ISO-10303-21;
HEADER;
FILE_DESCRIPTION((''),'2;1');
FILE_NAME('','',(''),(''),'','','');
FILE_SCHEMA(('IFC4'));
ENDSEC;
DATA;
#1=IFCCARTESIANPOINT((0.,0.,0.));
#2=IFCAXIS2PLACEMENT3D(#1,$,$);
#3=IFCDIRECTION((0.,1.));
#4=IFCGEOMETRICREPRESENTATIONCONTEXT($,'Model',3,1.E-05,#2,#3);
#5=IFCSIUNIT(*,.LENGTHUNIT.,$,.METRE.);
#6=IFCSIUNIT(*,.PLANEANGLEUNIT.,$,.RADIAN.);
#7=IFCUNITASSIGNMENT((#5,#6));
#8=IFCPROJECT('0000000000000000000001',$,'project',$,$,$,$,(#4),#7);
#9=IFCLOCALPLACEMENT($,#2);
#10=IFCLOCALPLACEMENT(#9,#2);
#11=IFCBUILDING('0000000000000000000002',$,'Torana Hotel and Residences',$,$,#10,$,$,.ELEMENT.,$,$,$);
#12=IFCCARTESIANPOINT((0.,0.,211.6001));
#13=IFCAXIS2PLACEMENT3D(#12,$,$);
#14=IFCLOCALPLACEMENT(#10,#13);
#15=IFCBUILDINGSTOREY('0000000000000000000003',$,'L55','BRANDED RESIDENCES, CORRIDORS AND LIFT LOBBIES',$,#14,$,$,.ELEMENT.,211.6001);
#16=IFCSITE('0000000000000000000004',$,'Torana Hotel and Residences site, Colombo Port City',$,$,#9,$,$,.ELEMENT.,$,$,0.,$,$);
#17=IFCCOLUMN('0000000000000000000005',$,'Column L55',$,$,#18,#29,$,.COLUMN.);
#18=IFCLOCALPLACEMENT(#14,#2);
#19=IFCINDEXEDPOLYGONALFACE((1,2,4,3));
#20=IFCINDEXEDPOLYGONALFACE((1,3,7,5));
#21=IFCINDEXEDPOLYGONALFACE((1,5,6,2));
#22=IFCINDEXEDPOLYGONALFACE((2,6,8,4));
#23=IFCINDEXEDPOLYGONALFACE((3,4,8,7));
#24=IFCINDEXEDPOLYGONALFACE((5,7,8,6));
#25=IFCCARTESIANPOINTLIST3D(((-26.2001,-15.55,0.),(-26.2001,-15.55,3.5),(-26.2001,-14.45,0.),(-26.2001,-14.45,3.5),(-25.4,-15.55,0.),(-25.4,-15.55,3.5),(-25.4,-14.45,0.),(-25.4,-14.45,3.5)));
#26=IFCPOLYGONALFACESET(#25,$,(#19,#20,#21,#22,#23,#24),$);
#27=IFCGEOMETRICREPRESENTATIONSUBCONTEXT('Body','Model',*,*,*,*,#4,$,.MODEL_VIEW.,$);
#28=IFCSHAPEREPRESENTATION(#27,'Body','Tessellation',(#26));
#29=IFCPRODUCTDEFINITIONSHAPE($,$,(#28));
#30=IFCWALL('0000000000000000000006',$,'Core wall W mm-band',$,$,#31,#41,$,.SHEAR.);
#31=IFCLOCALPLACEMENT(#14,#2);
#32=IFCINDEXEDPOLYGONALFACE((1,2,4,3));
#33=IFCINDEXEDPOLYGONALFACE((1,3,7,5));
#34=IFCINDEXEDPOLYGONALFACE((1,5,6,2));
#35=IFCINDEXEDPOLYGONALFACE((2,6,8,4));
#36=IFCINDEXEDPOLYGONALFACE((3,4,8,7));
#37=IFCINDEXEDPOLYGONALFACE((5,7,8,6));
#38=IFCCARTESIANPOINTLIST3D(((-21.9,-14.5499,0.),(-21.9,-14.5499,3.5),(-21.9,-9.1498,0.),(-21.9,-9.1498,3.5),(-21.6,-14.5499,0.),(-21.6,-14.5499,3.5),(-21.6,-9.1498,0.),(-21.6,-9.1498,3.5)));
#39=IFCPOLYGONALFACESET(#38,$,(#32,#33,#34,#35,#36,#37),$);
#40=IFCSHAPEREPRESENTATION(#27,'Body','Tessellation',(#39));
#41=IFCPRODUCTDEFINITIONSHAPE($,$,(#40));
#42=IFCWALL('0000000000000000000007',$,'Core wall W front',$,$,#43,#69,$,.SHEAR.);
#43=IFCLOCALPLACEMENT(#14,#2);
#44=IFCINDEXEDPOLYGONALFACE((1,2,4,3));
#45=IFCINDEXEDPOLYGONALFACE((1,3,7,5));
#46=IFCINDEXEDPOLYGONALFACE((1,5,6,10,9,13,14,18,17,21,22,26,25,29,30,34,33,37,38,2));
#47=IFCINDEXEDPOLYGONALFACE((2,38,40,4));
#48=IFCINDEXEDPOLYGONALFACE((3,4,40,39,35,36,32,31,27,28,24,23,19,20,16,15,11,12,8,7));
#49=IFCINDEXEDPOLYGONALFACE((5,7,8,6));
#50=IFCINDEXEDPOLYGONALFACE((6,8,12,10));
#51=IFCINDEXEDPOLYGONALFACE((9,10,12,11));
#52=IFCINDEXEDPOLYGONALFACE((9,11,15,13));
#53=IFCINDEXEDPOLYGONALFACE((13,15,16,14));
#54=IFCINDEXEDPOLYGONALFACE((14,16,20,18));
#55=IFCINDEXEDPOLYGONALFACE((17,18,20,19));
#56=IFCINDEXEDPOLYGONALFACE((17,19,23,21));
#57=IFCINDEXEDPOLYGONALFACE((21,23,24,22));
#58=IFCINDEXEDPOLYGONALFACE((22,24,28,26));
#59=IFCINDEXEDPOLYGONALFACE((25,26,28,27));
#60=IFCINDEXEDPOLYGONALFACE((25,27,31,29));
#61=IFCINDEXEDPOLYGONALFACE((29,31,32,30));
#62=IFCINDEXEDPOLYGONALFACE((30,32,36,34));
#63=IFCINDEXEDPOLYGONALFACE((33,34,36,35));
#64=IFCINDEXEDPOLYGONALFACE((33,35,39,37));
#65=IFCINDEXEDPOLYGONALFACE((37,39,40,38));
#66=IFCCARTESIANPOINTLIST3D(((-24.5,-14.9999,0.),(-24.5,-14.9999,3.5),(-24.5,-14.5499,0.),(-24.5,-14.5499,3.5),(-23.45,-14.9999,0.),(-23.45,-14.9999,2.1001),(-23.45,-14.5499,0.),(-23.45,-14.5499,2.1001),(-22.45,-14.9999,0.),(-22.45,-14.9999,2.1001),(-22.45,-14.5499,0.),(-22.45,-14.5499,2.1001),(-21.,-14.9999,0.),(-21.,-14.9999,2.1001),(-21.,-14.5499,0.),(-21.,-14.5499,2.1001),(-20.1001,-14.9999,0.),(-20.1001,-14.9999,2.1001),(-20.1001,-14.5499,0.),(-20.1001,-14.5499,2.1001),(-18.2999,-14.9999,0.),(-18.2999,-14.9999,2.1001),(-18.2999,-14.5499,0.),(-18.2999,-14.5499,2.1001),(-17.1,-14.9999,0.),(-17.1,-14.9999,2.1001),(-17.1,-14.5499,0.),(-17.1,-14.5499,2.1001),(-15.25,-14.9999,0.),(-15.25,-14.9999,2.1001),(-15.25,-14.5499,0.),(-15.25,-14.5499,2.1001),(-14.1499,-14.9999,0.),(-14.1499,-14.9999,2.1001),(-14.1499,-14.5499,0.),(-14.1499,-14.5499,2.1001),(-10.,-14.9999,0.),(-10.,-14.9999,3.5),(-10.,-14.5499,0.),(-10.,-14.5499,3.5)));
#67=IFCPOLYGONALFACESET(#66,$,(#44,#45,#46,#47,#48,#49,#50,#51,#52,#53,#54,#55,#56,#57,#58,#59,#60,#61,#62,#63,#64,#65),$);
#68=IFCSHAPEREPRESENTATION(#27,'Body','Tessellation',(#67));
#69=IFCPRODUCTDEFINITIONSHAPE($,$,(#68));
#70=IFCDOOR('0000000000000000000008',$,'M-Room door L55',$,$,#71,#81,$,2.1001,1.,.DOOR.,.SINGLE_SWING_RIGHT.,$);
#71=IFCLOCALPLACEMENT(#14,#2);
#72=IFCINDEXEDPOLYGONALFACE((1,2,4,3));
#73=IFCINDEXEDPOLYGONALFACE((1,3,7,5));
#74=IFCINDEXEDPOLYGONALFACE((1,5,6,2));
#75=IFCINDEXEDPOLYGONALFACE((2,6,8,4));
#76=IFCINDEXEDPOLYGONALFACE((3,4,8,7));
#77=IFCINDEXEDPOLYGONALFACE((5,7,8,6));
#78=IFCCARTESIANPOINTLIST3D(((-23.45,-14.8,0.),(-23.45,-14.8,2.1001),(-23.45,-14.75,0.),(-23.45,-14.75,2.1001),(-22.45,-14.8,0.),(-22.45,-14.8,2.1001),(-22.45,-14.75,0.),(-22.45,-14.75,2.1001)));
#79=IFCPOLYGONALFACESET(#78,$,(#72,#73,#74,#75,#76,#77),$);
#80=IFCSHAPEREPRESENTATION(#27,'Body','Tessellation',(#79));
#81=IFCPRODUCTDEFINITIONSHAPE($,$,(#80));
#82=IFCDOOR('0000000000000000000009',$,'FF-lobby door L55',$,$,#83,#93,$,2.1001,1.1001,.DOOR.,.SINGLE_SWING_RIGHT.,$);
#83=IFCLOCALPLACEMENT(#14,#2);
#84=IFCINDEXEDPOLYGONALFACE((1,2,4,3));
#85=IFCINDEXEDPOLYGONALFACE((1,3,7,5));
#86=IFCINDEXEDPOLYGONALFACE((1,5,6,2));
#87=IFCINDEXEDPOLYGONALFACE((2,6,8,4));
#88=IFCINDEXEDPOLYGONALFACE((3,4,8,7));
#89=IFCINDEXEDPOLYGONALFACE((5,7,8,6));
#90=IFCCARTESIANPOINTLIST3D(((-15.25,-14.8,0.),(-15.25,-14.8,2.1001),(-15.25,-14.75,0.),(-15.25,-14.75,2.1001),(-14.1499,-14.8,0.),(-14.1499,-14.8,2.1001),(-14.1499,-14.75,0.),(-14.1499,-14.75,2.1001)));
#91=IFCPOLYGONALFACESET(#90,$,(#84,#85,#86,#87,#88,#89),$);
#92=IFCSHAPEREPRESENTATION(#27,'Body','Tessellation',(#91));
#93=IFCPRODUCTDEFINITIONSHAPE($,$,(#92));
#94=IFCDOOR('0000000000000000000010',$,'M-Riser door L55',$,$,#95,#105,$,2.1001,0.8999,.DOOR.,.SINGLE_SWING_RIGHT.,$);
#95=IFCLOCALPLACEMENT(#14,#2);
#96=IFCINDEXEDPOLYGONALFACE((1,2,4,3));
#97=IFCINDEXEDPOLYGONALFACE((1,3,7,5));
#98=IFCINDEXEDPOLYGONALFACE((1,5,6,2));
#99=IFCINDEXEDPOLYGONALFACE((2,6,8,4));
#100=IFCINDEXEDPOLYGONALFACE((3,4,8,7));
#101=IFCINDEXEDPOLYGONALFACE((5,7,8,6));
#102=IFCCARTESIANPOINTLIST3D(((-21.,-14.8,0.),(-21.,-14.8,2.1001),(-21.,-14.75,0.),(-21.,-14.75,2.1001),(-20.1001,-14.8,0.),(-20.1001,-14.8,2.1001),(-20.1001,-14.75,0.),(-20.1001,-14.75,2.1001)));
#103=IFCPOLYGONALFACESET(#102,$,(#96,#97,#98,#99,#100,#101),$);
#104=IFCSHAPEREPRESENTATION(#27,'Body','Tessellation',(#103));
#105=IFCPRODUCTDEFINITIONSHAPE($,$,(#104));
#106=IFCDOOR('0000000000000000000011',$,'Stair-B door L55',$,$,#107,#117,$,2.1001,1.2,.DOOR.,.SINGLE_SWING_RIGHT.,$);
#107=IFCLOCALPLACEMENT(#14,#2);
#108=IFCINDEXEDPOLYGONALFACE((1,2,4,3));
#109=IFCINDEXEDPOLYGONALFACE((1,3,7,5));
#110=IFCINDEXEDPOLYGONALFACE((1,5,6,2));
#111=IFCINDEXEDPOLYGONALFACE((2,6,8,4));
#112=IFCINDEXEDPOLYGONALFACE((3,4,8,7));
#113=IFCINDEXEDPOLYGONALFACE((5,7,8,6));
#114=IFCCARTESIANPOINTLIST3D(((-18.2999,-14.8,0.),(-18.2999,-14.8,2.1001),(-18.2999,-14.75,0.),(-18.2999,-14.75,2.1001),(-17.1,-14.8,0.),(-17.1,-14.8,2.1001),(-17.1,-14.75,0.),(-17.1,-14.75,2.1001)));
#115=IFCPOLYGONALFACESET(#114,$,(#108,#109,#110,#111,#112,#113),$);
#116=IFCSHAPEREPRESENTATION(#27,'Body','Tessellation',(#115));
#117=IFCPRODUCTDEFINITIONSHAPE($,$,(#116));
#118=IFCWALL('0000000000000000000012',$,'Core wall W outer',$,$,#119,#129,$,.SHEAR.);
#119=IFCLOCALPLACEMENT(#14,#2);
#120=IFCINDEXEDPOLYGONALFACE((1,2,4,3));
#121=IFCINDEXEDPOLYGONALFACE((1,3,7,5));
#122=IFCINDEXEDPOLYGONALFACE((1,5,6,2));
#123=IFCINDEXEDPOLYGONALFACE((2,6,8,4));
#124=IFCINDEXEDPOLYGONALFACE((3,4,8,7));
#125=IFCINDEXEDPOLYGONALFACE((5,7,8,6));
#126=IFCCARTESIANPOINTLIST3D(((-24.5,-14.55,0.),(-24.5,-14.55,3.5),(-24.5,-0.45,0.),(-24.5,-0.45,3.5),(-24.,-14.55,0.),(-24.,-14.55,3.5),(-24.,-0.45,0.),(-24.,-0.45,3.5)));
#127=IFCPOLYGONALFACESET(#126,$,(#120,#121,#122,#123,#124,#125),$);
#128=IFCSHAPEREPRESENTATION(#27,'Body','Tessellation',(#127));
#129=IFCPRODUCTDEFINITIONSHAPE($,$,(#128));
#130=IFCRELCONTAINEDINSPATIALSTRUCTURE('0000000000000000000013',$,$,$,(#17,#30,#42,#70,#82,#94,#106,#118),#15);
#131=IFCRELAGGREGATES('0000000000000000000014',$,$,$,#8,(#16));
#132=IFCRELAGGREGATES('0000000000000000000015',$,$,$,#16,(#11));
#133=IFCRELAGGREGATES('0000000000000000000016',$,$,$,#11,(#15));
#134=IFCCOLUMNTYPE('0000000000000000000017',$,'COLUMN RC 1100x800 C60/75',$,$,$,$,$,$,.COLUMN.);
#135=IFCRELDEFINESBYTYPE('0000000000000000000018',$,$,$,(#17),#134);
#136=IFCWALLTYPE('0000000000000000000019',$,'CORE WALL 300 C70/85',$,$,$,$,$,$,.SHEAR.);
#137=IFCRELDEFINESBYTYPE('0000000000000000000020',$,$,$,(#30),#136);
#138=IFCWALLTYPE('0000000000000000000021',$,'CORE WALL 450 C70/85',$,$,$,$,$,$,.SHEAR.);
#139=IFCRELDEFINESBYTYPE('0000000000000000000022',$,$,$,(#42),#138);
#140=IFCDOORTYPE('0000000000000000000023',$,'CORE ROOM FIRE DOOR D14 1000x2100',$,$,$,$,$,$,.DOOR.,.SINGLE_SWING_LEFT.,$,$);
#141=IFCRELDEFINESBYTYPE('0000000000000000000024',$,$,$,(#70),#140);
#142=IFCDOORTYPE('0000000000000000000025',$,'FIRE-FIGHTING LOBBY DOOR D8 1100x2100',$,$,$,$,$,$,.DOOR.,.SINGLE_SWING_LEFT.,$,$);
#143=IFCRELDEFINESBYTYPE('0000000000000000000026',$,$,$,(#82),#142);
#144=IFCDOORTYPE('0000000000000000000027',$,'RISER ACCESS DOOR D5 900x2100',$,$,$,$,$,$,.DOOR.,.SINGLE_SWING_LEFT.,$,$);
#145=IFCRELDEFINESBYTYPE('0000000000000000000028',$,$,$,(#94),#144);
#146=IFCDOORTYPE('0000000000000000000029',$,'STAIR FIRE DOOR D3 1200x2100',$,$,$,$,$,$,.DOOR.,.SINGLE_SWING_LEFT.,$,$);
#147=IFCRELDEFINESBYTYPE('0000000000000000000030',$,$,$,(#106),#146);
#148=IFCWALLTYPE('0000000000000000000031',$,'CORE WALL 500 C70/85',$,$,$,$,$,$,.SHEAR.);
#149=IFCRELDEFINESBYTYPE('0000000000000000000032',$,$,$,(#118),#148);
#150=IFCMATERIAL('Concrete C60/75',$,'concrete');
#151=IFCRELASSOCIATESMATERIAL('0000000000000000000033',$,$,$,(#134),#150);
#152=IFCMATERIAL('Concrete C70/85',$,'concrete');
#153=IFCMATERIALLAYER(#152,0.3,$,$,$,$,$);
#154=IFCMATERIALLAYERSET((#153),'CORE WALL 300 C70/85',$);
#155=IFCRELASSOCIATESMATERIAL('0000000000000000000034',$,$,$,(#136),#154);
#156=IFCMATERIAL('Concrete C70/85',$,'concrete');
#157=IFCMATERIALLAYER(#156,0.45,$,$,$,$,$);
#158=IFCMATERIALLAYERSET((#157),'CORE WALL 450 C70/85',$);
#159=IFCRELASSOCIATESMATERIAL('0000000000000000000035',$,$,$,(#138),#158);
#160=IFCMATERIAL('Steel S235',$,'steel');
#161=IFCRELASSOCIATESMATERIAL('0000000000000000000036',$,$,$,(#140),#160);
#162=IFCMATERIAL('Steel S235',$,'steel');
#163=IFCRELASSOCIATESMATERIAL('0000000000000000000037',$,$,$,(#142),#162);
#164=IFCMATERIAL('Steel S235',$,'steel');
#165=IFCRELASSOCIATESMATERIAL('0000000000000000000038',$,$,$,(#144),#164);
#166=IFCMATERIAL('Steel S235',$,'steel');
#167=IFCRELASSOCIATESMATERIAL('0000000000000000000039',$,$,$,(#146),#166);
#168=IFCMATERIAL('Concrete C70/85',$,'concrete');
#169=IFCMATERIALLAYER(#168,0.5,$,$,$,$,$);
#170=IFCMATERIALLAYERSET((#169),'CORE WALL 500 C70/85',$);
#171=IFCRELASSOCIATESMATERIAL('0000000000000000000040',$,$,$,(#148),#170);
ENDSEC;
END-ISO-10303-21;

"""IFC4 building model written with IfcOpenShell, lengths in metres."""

from ifc_helpers import new_model, si_unit, direction, frame, frame_2d, origin, origin_2d, place, context, subcontext, project, spatial, rectangle, extrude, material, layer, layer_set, material_profile, profile_set, type_object, element, fill, save


model = new_model("IFC4")

# Units and contexts
model_context = context("Model", 3, precision=1e-05, world=origin(), true_north=direction((0.0, 1.0)))
body_context = subcontext(model_context, "Body", "Model", "MODEL_VIEW")
ifc_project = project(units=[si_unit("LENGTHUNIT", "METRE"), si_unit("PLANEANGLEUNIT", "RADIAN")], contexts=[model_context])

# Site, building, storey
site_placement = place(None, origin())
site = spatial("IfcSite", under=ifc_project, at=site_placement, Name="Torana Hotel and Residences site, Colombo Port City", CompositionType="ELEMENT", RefElevation=0.0)
building_placement = place(site_placement, origin())
building = spatial("IfcBuilding", under=site, at=building_placement, Name="Torana Hotel and Residences", CompositionType="ELEMENT")
storey_placement = place(building_placement, frame((0.0, 0.0, 211.6001)))
storey = spatial("IfcBuildingStorey", under=building, at=storey_placement, Name="L55", Description="BRANDED RESIDENCES, CORRIDORS AND LIFT LOBBIES", CompositionType="ELEMENT", Elevation=211.6001)

# Column
ifc_material_1 = material(Name="Concrete C60/75", Category="concrete")
ifc_material_profile = material_profile(ifc_material_1, rectangle(XDim=1.1001, YDim=0.8, at=origin_2d()), Name="RC 1100x800")
ifc_profile_set = profile_set([ifc_material_profile], Name="Concrete C60/75")
column_type = type_object("IfcColumnType", Name="COLUMN RC 1100x800 C60/75", PredefinedType="COLUMN", material=ifc_profile_set)
column_placement = place(storey_placement, frame((-25.8, -15.0, 0.0), z_axis=(0.0, 0.0, 1.0), x_axis=(0.0, 1.0, 0.0)))
element("IfcColumn", 1, at=column_placement, inside=storey, type_object=column_type, Name="Column L55", PredefinedType="COLUMN", context=body_context, shape_type="SweptSolid", body=[
    extrude(rectangle(XDim=1.1001, YDim=0.8, at=origin_2d()), origin(), (0.0, 0.0, 1.0), 3.5),
])

# Wall
ifc_material_2 = material(Name="Concrete C70/85", Category="concrete")
ifc_layer_1 = layer(ifc_material_2, 0.3)
ifc_layer_set_1 = layer_set([ifc_layer_1], Name="CORE WALL 300 C70/85")
wall_type_1 = type_object("IfcWallType", Name="CORE WALL 300 C70/85", PredefinedType="SHEAR", material=ifc_layer_set_1)
wall_1_placement = place(storey_placement, frame((-21.75, -14.55, 0.0), z_axis=(0.0, 0.0, 1.0), x_axis=(0.0, 1.0, 0.0)))
element("IfcWall", 2, at=wall_1_placement, inside=storey, type_object=wall_type_1, Name="Core wall W mm-band", PredefinedType="SHEAR", context=body_context, shape_type="SweptSolid", body=[
    extrude(rectangle(XDim=5.4001, YDim=0.3, at=frame_2d((2.7002, 0.0))), origin(), (0.0, 0.0, 1.0), 3.5),
])

# Wall, openings, doors
ifc_material_3 = material(Name="Concrete C70/85", Category="concrete")
ifc_layer_2 = layer(ifc_material_3, 0.45)
ifc_layer_set_2 = layer_set([ifc_layer_2], Name="CORE WALL 450 C70/85")
wall_type_2 = type_object("IfcWallType", Name="CORE WALL 450 C70/85", PredefinedType="SHEAR", material=ifc_layer_set_2)
wall_2_placement = place(storey_placement, frame((-24.5, -14.7749, 0.0), z_axis=(0.0, 0.0, 1.0), x_axis=(1.0, 0.0, 0.0)))
wall_2 = element("IfcWall", 3, at=wall_2_placement, inside=storey, type_object=wall_type_2, Name="Core wall W front", PredefinedType="SHEAR", context=body_context, shape_type="SweptSolid", body=[
    extrude(rectangle(XDim=14.5, YDim=0.45, at=frame_2d((7.25, 0.0))), origin(), (0.0, 0.0, 1.0), 3.5),
])
opening_1_placement = place(wall_2_placement, frame((6.2, 0.0, 0.0)))
opening_1 = element("IfcOpeningElement", 4, at=opening_1_placement, cuts=wall_2, PredefinedType="OPENING", context=body_context, shape_type="SweptSolid", body=[
    extrude(rectangle(XDim=1.2, YDim=2.1001, at=frame_2d((0.6001, 1.05))), frame((0.0, 0.2349, 0.0), z_axis=(0.0, -1.0, 0.0), x_axis=(1.0, 0.0, 0.0)), (0.0, 0.0, 1.0), 0.47),
])
opening_2_placement = place(wall_2_placement, frame((9.25, 0.0, 0.0)))
opening_2 = element("IfcOpeningElement", 5, at=opening_2_placement, cuts=wall_2, PredefinedType="OPENING", context=body_context, shape_type="SweptSolid", body=[
    extrude(rectangle(XDim=1.1001, YDim=2.1001, at=frame_2d((0.55, 1.05))), frame((0.0, 0.2349, 0.0), z_axis=(0.0, -1.0, 0.0), x_axis=(1.0, 0.0, 0.0)), (0.0, 0.0, 1.0), 0.47),
])
opening_3_placement = place(wall_2_placement, frame((3.5, 0.0, 0.0)))
opening_3 = element("IfcOpeningElement", 6, at=opening_3_placement, cuts=wall_2, PredefinedType="OPENING", context=body_context, shape_type="SweptSolid", body=[
    extrude(rectangle(XDim=0.8999, YDim=2.1001, at=frame_2d((0.45, 1.05))), frame((0.0, 0.2349, 0.0), z_axis=(0.0, -1.0, 0.0), x_axis=(1.0, 0.0, 0.0)), (0.0, 0.0, 1.0), 0.47),
])
opening_4_placement = place(wall_2_placement, frame((1.05, 0.0, 0.0)))
opening_4 = element("IfcOpeningElement", 7, at=opening_4_placement, cuts=wall_2, PredefinedType="OPENING", context=body_context, shape_type="SweptSolid", body=[
    extrude(rectangle(XDim=1.0, YDim=2.1001, at=frame_2d((0.5, 1.05))), frame((0.0, 0.2349, 0.0), z_axis=(0.0, -1.0, 0.0), x_axis=(1.0, 0.0, 0.0)), (0.0, 0.0, 1.0), 0.47),
])
ifc_material_4 = material(Name="Steel S235", Category="steel")
door_type_1 = type_object("IfcDoorType", Name="CORE ROOM FIRE DOOR D14 1000x2100", OperationType="SINGLE_SWING_LEFT", PredefinedType="DOOR", material=ifc_material_4)
door_1_placement = place(opening_4_placement, origin())
door_1 = element("IfcDoor", 8, at=door_1_placement, inside=storey, type_object=door_type_1, Name="M-Room door L55", OperationType="SINGLE_SWING_RIGHT", OverallHeight=2.1001, OverallWidth=1.0, PredefinedType="DOOR", context=body_context, shape_type="SweptSolid", body=[
    extrude(rectangle(XDim=1.0, YDim=2.1001, at=frame_2d((0.5, 1.05))), frame((0.0, 0.0249, 0.0), z_axis=(0.0, -1.0, 0.0), x_axis=(1.0, 0.0, 0.0)), (0.0, 0.0, 1.0), 0.05),
])
fill(opening_4, door_1)
ifc_material_5 = material(Name="Steel S235", Category="steel")
door_type_2 = type_object("IfcDoorType", Name="FIRE-FIGHTING LOBBY DOOR D8 1100x2100", OperationType="SINGLE_SWING_LEFT", PredefinedType="DOOR", material=ifc_material_5)
door_2_placement = place(opening_2_placement, origin())
door_2 = element("IfcDoor", 9, at=door_2_placement, inside=storey, type_object=door_type_2, Name="FF-lobby door L55", OperationType="SINGLE_SWING_RIGHT", OverallHeight=2.1001, OverallWidth=1.1001, PredefinedType="DOOR", context=body_context, shape_type="SweptSolid", body=[
    extrude(rectangle(XDim=1.1001, YDim=2.1001, at=frame_2d((0.55, 1.05))), frame((0.0, 0.0249, 0.0), z_axis=(0.0, -1.0, 0.0), x_axis=(1.0, 0.0, 0.0)), (0.0, 0.0, 1.0), 0.05),
])
fill(opening_2, door_2)
ifc_material_6 = material(Name="Steel S235", Category="steel")
door_type_3 = type_object("IfcDoorType", Name="RISER ACCESS DOOR D5 900x2100", OperationType="SINGLE_SWING_LEFT", PredefinedType="DOOR", material=ifc_material_6)
door_3_placement = place(opening_3_placement, origin())
door_3 = element("IfcDoor", 10, at=door_3_placement, inside=storey, type_object=door_type_3, Name="M-Riser door L55", OperationType="SINGLE_SWING_RIGHT", OverallHeight=2.1001, OverallWidth=0.8999, PredefinedType="DOOR", context=body_context, shape_type="SweptSolid", body=[
    extrude(rectangle(XDim=0.8999, YDim=2.1001, at=frame_2d((0.45, 1.05))), frame((0.0, 0.0249, 0.0), z_axis=(0.0, -1.0, 0.0), x_axis=(1.0, 0.0, 0.0)), (0.0, 0.0, 1.0), 0.05),
])
fill(opening_3, door_3)
ifc_material_7 = material(Name="Steel S235", Category="steel")
door_type_4 = type_object("IfcDoorType", Name="STAIR FIRE DOOR D3 1200x2100", OperationType="SINGLE_SWING_LEFT", PredefinedType="DOOR", material=ifc_material_7)
door_4_placement = place(opening_1_placement, origin())
door_4 = element("IfcDoor", 11, at=door_4_placement, inside=storey, type_object=door_type_4, Name="Stair-B door L55", OperationType="SINGLE_SWING_RIGHT", OverallHeight=2.1001, OverallWidth=1.2, PredefinedType="DOOR", context=body_context, shape_type="SweptSolid", body=[
    extrude(rectangle(XDim=1.2, YDim=2.1001, at=frame_2d((0.6001, 1.05))), frame((0.0, 0.0249, 0.0), z_axis=(0.0, -1.0, 0.0), x_axis=(1.0, 0.0, 0.0)), (0.0, 0.0, 1.0), 0.05),
])
fill(opening_1, door_4)

# Wall
ifc_material_8 = material(Name="Concrete C70/85", Category="concrete")
ifc_layer_3 = layer(ifc_material_8, 0.5)
ifc_layer_set_3 = layer_set([ifc_layer_3], Name="CORE WALL 500 C70/85")
wall_type_3 = type_object("IfcWallType", Name="CORE WALL 500 C70/85", PredefinedType="SHEAR", material=ifc_layer_set_3)
wall_3_placement = place(storey_placement, frame((-24.25, -14.55, 0.0), z_axis=(0.0, 0.0, 1.0), x_axis=(0.0, 1.0, 0.0)))
element("IfcWall", 12, at=wall_3_placement, inside=storey, type_object=wall_type_3, Name="Core wall W outer", PredefinedType="SHEAR", context=body_context, shape_type="SweptSolid", body=[
    extrude(rectangle(XDim=14.1001, YDim=0.5, at=frame_2d((7.05, 0.0))), origin(), (0.0, 0.0, 1.0), 3.5),
])

save(model, "model.ifc")
